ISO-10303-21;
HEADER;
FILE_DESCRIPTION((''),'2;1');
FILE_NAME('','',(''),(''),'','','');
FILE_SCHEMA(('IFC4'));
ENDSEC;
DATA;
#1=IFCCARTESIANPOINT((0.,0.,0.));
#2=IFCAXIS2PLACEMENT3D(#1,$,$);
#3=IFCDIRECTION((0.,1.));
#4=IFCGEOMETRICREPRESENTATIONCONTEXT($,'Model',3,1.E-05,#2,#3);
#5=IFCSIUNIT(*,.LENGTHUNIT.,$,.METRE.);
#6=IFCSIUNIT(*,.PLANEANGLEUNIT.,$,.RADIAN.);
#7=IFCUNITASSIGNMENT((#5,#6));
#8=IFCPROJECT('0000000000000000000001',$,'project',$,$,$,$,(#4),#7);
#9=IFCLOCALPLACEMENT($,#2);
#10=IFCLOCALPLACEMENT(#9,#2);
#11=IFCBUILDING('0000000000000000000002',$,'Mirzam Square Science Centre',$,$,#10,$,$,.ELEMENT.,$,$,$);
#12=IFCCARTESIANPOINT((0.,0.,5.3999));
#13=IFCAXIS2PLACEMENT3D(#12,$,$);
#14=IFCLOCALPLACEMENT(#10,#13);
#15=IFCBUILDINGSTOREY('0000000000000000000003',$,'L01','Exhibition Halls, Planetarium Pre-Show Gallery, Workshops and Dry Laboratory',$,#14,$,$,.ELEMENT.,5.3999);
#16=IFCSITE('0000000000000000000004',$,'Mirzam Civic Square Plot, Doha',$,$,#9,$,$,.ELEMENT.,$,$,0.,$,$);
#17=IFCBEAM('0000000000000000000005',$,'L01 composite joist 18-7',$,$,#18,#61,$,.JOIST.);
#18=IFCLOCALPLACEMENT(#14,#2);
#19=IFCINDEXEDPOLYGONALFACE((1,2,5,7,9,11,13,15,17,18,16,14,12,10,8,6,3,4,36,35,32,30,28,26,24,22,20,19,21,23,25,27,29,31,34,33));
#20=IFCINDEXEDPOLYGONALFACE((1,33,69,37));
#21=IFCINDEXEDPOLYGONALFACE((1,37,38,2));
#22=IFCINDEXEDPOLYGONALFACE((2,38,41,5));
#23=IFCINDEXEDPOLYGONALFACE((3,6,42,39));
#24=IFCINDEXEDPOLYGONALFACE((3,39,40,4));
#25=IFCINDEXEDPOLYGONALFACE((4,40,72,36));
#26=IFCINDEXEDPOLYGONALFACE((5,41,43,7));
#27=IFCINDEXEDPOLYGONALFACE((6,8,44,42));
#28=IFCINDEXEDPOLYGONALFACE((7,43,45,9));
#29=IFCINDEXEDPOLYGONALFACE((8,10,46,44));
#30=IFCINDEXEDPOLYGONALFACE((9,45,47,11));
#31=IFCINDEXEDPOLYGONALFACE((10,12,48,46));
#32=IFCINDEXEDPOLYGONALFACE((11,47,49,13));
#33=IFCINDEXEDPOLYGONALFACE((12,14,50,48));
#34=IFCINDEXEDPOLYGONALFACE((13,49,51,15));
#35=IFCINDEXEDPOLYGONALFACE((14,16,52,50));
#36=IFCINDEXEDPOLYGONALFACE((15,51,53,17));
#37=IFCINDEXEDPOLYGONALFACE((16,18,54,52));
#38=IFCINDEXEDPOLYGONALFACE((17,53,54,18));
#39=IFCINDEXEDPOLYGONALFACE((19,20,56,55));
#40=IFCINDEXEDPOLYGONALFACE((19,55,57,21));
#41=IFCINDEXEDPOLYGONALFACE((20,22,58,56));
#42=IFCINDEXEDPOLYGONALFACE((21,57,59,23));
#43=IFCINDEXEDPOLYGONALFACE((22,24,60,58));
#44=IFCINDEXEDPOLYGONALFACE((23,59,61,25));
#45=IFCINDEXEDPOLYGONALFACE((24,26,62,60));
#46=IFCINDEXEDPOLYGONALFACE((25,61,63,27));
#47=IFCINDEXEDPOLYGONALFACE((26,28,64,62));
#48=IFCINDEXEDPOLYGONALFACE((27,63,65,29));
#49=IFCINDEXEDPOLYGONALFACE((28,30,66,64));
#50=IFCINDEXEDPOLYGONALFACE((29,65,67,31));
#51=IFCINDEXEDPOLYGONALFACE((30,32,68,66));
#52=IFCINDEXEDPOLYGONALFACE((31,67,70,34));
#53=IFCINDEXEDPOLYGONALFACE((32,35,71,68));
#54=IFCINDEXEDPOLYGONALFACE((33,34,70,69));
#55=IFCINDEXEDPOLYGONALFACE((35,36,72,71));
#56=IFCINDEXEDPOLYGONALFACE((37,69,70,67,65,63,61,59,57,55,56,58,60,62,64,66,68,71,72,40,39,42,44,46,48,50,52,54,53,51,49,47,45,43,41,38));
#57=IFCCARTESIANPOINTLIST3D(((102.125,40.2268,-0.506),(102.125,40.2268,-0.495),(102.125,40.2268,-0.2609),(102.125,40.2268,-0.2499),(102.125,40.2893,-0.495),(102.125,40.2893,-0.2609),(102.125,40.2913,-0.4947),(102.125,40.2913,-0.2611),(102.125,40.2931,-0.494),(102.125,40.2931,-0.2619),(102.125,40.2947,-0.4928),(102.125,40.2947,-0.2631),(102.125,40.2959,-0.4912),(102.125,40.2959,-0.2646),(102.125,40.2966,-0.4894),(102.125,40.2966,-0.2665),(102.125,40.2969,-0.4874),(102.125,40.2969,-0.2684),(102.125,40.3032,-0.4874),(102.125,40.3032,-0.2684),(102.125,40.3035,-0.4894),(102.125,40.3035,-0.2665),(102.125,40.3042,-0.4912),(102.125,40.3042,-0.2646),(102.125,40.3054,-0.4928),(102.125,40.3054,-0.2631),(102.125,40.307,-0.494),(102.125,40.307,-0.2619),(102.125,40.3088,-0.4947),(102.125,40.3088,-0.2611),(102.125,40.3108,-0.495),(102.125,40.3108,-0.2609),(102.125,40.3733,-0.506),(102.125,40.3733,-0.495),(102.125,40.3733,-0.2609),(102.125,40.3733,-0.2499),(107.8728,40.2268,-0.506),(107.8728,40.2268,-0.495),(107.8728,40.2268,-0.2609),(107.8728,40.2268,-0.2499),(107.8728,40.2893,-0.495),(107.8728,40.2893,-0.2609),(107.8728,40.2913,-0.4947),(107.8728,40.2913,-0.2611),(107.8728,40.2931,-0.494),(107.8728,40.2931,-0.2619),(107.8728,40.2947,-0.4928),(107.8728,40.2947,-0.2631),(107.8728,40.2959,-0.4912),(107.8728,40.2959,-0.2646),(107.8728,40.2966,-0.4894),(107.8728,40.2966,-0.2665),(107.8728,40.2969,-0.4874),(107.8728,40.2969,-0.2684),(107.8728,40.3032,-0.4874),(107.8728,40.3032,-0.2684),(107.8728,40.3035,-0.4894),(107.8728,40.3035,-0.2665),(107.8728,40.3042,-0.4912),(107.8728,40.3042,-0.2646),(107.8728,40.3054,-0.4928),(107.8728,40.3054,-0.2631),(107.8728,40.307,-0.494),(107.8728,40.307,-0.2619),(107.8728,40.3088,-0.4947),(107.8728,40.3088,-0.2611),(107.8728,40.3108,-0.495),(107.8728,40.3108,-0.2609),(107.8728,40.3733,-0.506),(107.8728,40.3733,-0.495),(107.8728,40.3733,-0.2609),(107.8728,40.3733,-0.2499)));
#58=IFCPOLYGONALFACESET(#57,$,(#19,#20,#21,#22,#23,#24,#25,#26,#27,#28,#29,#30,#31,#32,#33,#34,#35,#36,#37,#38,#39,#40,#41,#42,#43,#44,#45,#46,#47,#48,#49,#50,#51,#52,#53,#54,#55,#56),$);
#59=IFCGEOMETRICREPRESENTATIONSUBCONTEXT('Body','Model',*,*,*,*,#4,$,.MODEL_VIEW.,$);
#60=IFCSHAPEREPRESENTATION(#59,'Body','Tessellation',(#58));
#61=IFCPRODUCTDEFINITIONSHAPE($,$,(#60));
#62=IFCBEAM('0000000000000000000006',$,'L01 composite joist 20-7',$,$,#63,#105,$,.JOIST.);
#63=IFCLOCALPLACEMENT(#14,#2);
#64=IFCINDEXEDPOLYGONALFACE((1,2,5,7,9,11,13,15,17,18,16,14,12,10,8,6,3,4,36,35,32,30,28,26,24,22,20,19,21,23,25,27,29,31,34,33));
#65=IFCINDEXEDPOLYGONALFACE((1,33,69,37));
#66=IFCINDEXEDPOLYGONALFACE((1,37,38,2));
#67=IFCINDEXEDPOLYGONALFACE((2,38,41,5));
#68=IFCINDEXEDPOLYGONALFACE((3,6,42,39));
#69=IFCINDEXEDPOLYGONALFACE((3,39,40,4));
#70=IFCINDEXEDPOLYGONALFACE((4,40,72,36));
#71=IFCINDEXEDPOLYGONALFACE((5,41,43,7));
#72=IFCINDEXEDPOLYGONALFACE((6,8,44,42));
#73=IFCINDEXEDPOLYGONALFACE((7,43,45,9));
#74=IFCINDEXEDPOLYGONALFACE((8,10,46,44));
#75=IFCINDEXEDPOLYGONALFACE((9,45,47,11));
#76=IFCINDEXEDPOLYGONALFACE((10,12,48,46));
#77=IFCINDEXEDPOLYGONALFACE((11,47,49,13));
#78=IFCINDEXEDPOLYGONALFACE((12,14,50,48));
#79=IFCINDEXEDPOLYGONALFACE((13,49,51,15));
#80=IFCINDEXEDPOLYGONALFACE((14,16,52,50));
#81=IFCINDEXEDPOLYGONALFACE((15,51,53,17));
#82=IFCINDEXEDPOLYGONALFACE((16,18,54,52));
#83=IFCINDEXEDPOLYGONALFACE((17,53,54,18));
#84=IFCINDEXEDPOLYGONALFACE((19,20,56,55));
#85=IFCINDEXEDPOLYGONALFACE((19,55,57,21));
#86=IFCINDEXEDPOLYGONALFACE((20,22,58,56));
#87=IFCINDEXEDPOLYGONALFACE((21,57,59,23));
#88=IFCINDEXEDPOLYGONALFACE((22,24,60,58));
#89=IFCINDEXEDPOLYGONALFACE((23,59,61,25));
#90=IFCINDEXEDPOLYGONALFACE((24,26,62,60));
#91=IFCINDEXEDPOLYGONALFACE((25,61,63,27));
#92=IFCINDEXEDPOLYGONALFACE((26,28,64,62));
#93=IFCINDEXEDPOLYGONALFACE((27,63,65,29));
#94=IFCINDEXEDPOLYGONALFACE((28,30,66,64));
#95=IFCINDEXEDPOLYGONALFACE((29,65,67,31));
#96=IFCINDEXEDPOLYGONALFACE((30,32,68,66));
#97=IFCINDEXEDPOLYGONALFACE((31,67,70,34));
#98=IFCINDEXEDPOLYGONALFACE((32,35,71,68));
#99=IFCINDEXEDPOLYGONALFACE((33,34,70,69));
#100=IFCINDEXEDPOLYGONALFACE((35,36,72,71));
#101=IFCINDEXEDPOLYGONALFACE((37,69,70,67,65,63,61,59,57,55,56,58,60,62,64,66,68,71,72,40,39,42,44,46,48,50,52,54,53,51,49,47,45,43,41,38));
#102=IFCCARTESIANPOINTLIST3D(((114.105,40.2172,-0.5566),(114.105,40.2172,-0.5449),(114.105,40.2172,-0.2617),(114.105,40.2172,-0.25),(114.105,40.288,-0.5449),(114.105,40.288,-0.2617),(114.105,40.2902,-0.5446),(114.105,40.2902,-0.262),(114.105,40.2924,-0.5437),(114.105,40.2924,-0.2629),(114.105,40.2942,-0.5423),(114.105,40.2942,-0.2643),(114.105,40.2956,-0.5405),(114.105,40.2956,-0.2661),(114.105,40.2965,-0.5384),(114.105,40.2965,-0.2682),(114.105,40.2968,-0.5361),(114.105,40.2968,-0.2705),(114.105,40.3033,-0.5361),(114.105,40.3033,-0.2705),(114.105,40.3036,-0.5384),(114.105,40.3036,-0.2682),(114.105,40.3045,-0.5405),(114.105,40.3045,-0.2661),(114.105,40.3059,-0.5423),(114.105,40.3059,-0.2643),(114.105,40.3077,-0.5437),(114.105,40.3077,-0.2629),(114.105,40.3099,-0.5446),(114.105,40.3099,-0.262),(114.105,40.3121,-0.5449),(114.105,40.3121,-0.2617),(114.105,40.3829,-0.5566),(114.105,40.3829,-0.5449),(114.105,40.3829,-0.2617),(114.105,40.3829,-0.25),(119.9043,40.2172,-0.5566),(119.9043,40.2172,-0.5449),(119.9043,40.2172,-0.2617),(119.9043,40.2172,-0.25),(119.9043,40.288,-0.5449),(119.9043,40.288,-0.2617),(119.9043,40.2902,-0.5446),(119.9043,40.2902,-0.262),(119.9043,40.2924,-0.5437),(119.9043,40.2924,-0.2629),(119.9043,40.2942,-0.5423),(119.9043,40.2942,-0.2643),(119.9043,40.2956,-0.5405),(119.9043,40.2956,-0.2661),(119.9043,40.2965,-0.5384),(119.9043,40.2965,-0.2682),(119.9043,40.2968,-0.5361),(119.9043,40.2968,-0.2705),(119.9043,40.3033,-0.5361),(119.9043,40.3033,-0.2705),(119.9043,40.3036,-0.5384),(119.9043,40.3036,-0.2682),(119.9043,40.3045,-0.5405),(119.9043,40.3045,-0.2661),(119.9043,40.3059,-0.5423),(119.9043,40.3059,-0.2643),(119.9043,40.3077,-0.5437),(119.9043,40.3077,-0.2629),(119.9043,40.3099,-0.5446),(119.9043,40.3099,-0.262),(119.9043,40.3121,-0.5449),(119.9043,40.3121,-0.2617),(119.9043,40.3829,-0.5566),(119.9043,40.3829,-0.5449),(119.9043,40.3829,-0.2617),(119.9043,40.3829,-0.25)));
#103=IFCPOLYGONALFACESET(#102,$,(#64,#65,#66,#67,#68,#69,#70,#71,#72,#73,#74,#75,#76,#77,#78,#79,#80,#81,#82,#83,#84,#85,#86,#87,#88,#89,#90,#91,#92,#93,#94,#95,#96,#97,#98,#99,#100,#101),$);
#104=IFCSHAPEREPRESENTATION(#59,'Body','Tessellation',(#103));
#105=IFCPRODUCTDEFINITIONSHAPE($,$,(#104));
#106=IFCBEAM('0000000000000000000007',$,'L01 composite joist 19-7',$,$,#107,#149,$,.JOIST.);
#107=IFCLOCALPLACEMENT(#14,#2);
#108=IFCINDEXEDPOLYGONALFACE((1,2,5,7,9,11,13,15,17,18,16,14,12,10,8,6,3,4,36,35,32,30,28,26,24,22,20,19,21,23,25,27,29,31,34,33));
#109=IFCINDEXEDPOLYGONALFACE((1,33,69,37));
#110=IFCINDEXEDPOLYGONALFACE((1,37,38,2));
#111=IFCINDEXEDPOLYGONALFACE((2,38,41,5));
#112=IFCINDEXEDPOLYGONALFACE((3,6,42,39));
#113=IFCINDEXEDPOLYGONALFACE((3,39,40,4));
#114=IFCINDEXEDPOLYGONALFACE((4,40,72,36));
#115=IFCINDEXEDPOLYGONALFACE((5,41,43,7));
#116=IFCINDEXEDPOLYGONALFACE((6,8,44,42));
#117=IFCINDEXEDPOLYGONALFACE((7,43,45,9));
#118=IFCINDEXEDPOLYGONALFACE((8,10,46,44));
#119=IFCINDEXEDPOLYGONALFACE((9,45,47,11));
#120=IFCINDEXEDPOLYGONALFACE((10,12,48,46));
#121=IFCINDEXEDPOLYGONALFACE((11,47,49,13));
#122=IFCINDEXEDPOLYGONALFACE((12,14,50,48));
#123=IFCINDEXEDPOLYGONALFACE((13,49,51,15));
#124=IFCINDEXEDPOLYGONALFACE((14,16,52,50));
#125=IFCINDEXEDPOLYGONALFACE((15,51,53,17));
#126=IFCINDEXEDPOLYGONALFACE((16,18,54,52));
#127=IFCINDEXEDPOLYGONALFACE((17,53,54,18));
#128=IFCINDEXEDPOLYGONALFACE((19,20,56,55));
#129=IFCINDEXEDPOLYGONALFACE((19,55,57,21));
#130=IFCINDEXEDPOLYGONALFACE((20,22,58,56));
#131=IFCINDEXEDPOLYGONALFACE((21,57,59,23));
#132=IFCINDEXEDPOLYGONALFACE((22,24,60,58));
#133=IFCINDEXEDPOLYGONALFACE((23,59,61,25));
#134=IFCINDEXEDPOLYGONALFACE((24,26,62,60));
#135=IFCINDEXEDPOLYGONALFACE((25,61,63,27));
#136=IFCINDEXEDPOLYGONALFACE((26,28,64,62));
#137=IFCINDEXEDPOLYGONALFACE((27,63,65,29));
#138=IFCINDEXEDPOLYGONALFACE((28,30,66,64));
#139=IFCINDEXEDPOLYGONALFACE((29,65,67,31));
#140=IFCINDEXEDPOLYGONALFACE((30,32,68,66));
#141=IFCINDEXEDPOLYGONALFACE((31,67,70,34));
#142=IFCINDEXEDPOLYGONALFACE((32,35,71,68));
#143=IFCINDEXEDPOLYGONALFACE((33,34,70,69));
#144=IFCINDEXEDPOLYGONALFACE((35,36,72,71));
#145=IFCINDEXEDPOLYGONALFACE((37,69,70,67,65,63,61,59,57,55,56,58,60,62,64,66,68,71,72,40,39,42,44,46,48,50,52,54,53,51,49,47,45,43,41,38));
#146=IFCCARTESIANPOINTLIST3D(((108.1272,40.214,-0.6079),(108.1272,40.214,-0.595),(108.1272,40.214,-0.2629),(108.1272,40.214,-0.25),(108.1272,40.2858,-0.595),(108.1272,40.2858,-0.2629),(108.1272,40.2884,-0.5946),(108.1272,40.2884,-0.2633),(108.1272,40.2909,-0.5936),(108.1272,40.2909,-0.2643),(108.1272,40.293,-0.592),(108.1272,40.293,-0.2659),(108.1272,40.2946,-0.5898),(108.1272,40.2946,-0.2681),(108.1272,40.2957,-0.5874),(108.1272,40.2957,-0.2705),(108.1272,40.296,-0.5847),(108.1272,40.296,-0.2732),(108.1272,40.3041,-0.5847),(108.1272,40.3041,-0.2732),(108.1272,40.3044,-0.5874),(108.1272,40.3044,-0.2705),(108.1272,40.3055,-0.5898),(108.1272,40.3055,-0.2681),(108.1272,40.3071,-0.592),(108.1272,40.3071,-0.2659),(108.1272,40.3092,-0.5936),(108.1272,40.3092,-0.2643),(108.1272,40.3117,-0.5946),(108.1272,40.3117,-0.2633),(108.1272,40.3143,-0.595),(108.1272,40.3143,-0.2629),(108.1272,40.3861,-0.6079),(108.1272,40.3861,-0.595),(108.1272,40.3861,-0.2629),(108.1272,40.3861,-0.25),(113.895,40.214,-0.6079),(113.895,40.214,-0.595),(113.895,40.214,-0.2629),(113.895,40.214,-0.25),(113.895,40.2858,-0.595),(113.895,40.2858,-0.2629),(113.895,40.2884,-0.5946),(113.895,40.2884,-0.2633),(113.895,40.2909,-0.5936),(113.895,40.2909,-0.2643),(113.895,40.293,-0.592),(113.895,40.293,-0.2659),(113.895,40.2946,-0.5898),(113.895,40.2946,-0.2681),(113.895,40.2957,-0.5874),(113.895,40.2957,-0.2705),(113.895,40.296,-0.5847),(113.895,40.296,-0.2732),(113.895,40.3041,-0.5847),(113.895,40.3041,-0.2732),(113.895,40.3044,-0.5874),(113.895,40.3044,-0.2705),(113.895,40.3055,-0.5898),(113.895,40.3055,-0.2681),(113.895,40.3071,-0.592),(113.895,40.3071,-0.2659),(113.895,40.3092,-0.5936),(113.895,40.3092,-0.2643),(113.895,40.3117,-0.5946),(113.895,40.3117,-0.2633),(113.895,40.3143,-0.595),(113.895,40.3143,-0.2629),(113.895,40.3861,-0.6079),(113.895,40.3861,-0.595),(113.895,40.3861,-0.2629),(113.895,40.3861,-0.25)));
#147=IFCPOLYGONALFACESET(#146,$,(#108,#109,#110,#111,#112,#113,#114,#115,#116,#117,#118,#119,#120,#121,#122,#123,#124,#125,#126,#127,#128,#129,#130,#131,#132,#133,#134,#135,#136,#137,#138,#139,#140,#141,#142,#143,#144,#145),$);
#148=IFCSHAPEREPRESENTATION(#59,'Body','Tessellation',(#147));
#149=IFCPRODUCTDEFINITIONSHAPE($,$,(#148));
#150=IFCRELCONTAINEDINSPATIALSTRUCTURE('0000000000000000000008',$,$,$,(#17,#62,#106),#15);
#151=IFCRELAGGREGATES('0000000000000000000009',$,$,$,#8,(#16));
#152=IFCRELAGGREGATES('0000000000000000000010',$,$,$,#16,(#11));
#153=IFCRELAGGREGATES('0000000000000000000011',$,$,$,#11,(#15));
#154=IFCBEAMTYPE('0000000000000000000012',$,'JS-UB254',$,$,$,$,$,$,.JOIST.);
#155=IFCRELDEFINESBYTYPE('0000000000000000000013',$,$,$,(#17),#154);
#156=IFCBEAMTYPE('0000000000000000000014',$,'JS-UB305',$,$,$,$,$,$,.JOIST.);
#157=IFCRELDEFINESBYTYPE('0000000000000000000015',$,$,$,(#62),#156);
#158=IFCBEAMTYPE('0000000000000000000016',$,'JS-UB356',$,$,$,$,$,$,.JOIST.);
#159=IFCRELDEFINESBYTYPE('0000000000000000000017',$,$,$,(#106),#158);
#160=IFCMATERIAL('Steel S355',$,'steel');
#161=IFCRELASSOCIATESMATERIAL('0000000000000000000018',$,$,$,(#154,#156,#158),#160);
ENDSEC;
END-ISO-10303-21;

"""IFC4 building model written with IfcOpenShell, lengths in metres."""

from ifc_helpers import new_model, si_unit, direction, frame, origin, origin_2d, place, context, subcontext, project, spatial, i_section, extrude, material, material_profile, profile_set, type_object, element, save


model = new_model("IFC4")

# Units and contexts
model_context = context("Model", 3, precision=1e-05, world=origin(), true_north=direction((0.0, 1.0)))
body_context = subcontext(model_context, "Body", "Model", "MODEL_VIEW")
ifc_project = project(units=[si_unit("LENGTHUNIT", "METRE"), si_unit("PLANEANGLEUNIT", "RADIAN")], contexts=[model_context])

# Site, building, storey
site_placement = place(None, origin())
site = spatial("IfcSite", under=ifc_project, at=site_placement, Name="Mirzam Civic Square Plot, Doha", CompositionType="ELEMENT", RefElevation=0.0)
building_placement = place(site_placement, origin())
building = spatial("IfcBuilding", under=site, at=building_placement, Name="Mirzam Square Science Centre", CompositionType="ELEMENT")
storey_placement = place(building_placement, frame((0.0, 0.0, 5.3999)))
storey = spatial("IfcBuildingStorey", under=building, at=storey_placement, Name="L01", Description="Exhibition Halls, Planetarium Pre-Show Gallery, Workshops and Dry Laboratory", CompositionType="ELEMENT", Elevation=5.3999)

# Shared definitions
ifc_material_1 = material(Name="Steel S355", Category="steel")

# Beams
ifc_material_profile_1 = material_profile(ifc_material_1, i_section(OverallWidth=0.1465, OverallDepth=0.2561, WebThickness=0.0063, FlangeThickness=0.011, FilletRadius=0.0076, at=origin_2d()), Name="254x146x37UB")
ifc_profile_set_1 = profile_set([ifc_material_profile_1], Name="Steel S355")
beam_type_1 = type_object("IfcBeamType", Name="JS-UB254", PredefinedType="JOIST", material=ifc_profile_set_1)
beam_1_placement = place(storey_placement, frame((102.125, 40.3, -0.3779), z_axis=(1.0, 0.0, 0.0), x_axis=(0.0, 1.0, 0.0)))
element("IfcBeam", 1, at=beam_1_placement, inside=storey, type_object=beam_type_1, Name="L01 composite joist 18-7", PredefinedType="JOIST", context=body_context, shape_type="SweptSolid", body=[
    extrude(i_section(OverallWidth=0.1465, OverallDepth=0.2561, WebThickness=0.0063, FlangeThickness=0.011, FilletRadius=0.0076, at=origin_2d()), origin(), (0.0, 0.0, 1.0), 5.7478),
])
ifc_material_profile_2 = material_profile(ifc_material_1, i_section(OverallWidth=0.1658, OverallDepth=0.3066, WebThickness=0.0066, FlangeThickness=0.0117, FilletRadius=0.0088, at=origin_2d()), Name="305x165x46UB")
ifc_profile_set_2 = profile_set([ifc_material_profile_2], Name="Steel S355")
beam_type_2 = type_object("IfcBeamType", Name="JS-UB305", PredefinedType="JOIST", material=ifc_profile_set_2)
beam_2_placement = place(storey_placement, frame((114.105, 40.3, -0.4033), z_axis=(1.0, 0.0, 0.0), x_axis=(0.0, 1.0, 0.0)))
element("IfcBeam", 2, at=beam_2_placement, inside=storey, type_object=beam_type_2, Name="L01 composite joist 20-7", PredefinedType="JOIST", context=body_context, shape_type="SweptSolid", body=[
    extrude(i_section(OverallWidth=0.1658, OverallDepth=0.3066, WebThickness=0.0066, FlangeThickness=0.0117, FilletRadius=0.0088, at=origin_2d()), origin(), (0.0, 0.0, 1.0), 5.7993),
])
ifc_material_profile_3 = material_profile(ifc_material_1, i_section(OverallWidth=0.1721, OverallDepth=0.3579, WebThickness=0.0081, FlangeThickness=0.0129, FilletRadius=0.0103, at=origin_2d()), Name="356x171x57UB")
ifc_profile_set_3 = profile_set([ifc_material_profile_3], Name="Steel S355")
beam_type_3 = type_object("IfcBeamType", Name="JS-UB356", PredefinedType="JOIST", material=ifc_profile_set_3)
beam_3_placement = place(storey_placement, frame((108.1272, 40.3, -0.429), z_axis=(1.0, 0.0, 0.0), x_axis=(0.0, 1.0, 0.0)))
element("IfcBeam", 3, at=beam_3_placement, inside=storey, type_object=beam_type_3, Name="L01 composite joist 19-7", PredefinedType="JOIST", context=body_context, shape_type="SweptSolid", body=[
    extrude(i_section(OverallWidth=0.1721, OverallDepth=0.3579, WebThickness=0.0081, FlangeThickness=0.0129, FilletRadius=0.0103, at=origin_2d()), origin(), (0.0, 0.0, 1.0), 5.7678),
])

save(model, "model.ifc")
